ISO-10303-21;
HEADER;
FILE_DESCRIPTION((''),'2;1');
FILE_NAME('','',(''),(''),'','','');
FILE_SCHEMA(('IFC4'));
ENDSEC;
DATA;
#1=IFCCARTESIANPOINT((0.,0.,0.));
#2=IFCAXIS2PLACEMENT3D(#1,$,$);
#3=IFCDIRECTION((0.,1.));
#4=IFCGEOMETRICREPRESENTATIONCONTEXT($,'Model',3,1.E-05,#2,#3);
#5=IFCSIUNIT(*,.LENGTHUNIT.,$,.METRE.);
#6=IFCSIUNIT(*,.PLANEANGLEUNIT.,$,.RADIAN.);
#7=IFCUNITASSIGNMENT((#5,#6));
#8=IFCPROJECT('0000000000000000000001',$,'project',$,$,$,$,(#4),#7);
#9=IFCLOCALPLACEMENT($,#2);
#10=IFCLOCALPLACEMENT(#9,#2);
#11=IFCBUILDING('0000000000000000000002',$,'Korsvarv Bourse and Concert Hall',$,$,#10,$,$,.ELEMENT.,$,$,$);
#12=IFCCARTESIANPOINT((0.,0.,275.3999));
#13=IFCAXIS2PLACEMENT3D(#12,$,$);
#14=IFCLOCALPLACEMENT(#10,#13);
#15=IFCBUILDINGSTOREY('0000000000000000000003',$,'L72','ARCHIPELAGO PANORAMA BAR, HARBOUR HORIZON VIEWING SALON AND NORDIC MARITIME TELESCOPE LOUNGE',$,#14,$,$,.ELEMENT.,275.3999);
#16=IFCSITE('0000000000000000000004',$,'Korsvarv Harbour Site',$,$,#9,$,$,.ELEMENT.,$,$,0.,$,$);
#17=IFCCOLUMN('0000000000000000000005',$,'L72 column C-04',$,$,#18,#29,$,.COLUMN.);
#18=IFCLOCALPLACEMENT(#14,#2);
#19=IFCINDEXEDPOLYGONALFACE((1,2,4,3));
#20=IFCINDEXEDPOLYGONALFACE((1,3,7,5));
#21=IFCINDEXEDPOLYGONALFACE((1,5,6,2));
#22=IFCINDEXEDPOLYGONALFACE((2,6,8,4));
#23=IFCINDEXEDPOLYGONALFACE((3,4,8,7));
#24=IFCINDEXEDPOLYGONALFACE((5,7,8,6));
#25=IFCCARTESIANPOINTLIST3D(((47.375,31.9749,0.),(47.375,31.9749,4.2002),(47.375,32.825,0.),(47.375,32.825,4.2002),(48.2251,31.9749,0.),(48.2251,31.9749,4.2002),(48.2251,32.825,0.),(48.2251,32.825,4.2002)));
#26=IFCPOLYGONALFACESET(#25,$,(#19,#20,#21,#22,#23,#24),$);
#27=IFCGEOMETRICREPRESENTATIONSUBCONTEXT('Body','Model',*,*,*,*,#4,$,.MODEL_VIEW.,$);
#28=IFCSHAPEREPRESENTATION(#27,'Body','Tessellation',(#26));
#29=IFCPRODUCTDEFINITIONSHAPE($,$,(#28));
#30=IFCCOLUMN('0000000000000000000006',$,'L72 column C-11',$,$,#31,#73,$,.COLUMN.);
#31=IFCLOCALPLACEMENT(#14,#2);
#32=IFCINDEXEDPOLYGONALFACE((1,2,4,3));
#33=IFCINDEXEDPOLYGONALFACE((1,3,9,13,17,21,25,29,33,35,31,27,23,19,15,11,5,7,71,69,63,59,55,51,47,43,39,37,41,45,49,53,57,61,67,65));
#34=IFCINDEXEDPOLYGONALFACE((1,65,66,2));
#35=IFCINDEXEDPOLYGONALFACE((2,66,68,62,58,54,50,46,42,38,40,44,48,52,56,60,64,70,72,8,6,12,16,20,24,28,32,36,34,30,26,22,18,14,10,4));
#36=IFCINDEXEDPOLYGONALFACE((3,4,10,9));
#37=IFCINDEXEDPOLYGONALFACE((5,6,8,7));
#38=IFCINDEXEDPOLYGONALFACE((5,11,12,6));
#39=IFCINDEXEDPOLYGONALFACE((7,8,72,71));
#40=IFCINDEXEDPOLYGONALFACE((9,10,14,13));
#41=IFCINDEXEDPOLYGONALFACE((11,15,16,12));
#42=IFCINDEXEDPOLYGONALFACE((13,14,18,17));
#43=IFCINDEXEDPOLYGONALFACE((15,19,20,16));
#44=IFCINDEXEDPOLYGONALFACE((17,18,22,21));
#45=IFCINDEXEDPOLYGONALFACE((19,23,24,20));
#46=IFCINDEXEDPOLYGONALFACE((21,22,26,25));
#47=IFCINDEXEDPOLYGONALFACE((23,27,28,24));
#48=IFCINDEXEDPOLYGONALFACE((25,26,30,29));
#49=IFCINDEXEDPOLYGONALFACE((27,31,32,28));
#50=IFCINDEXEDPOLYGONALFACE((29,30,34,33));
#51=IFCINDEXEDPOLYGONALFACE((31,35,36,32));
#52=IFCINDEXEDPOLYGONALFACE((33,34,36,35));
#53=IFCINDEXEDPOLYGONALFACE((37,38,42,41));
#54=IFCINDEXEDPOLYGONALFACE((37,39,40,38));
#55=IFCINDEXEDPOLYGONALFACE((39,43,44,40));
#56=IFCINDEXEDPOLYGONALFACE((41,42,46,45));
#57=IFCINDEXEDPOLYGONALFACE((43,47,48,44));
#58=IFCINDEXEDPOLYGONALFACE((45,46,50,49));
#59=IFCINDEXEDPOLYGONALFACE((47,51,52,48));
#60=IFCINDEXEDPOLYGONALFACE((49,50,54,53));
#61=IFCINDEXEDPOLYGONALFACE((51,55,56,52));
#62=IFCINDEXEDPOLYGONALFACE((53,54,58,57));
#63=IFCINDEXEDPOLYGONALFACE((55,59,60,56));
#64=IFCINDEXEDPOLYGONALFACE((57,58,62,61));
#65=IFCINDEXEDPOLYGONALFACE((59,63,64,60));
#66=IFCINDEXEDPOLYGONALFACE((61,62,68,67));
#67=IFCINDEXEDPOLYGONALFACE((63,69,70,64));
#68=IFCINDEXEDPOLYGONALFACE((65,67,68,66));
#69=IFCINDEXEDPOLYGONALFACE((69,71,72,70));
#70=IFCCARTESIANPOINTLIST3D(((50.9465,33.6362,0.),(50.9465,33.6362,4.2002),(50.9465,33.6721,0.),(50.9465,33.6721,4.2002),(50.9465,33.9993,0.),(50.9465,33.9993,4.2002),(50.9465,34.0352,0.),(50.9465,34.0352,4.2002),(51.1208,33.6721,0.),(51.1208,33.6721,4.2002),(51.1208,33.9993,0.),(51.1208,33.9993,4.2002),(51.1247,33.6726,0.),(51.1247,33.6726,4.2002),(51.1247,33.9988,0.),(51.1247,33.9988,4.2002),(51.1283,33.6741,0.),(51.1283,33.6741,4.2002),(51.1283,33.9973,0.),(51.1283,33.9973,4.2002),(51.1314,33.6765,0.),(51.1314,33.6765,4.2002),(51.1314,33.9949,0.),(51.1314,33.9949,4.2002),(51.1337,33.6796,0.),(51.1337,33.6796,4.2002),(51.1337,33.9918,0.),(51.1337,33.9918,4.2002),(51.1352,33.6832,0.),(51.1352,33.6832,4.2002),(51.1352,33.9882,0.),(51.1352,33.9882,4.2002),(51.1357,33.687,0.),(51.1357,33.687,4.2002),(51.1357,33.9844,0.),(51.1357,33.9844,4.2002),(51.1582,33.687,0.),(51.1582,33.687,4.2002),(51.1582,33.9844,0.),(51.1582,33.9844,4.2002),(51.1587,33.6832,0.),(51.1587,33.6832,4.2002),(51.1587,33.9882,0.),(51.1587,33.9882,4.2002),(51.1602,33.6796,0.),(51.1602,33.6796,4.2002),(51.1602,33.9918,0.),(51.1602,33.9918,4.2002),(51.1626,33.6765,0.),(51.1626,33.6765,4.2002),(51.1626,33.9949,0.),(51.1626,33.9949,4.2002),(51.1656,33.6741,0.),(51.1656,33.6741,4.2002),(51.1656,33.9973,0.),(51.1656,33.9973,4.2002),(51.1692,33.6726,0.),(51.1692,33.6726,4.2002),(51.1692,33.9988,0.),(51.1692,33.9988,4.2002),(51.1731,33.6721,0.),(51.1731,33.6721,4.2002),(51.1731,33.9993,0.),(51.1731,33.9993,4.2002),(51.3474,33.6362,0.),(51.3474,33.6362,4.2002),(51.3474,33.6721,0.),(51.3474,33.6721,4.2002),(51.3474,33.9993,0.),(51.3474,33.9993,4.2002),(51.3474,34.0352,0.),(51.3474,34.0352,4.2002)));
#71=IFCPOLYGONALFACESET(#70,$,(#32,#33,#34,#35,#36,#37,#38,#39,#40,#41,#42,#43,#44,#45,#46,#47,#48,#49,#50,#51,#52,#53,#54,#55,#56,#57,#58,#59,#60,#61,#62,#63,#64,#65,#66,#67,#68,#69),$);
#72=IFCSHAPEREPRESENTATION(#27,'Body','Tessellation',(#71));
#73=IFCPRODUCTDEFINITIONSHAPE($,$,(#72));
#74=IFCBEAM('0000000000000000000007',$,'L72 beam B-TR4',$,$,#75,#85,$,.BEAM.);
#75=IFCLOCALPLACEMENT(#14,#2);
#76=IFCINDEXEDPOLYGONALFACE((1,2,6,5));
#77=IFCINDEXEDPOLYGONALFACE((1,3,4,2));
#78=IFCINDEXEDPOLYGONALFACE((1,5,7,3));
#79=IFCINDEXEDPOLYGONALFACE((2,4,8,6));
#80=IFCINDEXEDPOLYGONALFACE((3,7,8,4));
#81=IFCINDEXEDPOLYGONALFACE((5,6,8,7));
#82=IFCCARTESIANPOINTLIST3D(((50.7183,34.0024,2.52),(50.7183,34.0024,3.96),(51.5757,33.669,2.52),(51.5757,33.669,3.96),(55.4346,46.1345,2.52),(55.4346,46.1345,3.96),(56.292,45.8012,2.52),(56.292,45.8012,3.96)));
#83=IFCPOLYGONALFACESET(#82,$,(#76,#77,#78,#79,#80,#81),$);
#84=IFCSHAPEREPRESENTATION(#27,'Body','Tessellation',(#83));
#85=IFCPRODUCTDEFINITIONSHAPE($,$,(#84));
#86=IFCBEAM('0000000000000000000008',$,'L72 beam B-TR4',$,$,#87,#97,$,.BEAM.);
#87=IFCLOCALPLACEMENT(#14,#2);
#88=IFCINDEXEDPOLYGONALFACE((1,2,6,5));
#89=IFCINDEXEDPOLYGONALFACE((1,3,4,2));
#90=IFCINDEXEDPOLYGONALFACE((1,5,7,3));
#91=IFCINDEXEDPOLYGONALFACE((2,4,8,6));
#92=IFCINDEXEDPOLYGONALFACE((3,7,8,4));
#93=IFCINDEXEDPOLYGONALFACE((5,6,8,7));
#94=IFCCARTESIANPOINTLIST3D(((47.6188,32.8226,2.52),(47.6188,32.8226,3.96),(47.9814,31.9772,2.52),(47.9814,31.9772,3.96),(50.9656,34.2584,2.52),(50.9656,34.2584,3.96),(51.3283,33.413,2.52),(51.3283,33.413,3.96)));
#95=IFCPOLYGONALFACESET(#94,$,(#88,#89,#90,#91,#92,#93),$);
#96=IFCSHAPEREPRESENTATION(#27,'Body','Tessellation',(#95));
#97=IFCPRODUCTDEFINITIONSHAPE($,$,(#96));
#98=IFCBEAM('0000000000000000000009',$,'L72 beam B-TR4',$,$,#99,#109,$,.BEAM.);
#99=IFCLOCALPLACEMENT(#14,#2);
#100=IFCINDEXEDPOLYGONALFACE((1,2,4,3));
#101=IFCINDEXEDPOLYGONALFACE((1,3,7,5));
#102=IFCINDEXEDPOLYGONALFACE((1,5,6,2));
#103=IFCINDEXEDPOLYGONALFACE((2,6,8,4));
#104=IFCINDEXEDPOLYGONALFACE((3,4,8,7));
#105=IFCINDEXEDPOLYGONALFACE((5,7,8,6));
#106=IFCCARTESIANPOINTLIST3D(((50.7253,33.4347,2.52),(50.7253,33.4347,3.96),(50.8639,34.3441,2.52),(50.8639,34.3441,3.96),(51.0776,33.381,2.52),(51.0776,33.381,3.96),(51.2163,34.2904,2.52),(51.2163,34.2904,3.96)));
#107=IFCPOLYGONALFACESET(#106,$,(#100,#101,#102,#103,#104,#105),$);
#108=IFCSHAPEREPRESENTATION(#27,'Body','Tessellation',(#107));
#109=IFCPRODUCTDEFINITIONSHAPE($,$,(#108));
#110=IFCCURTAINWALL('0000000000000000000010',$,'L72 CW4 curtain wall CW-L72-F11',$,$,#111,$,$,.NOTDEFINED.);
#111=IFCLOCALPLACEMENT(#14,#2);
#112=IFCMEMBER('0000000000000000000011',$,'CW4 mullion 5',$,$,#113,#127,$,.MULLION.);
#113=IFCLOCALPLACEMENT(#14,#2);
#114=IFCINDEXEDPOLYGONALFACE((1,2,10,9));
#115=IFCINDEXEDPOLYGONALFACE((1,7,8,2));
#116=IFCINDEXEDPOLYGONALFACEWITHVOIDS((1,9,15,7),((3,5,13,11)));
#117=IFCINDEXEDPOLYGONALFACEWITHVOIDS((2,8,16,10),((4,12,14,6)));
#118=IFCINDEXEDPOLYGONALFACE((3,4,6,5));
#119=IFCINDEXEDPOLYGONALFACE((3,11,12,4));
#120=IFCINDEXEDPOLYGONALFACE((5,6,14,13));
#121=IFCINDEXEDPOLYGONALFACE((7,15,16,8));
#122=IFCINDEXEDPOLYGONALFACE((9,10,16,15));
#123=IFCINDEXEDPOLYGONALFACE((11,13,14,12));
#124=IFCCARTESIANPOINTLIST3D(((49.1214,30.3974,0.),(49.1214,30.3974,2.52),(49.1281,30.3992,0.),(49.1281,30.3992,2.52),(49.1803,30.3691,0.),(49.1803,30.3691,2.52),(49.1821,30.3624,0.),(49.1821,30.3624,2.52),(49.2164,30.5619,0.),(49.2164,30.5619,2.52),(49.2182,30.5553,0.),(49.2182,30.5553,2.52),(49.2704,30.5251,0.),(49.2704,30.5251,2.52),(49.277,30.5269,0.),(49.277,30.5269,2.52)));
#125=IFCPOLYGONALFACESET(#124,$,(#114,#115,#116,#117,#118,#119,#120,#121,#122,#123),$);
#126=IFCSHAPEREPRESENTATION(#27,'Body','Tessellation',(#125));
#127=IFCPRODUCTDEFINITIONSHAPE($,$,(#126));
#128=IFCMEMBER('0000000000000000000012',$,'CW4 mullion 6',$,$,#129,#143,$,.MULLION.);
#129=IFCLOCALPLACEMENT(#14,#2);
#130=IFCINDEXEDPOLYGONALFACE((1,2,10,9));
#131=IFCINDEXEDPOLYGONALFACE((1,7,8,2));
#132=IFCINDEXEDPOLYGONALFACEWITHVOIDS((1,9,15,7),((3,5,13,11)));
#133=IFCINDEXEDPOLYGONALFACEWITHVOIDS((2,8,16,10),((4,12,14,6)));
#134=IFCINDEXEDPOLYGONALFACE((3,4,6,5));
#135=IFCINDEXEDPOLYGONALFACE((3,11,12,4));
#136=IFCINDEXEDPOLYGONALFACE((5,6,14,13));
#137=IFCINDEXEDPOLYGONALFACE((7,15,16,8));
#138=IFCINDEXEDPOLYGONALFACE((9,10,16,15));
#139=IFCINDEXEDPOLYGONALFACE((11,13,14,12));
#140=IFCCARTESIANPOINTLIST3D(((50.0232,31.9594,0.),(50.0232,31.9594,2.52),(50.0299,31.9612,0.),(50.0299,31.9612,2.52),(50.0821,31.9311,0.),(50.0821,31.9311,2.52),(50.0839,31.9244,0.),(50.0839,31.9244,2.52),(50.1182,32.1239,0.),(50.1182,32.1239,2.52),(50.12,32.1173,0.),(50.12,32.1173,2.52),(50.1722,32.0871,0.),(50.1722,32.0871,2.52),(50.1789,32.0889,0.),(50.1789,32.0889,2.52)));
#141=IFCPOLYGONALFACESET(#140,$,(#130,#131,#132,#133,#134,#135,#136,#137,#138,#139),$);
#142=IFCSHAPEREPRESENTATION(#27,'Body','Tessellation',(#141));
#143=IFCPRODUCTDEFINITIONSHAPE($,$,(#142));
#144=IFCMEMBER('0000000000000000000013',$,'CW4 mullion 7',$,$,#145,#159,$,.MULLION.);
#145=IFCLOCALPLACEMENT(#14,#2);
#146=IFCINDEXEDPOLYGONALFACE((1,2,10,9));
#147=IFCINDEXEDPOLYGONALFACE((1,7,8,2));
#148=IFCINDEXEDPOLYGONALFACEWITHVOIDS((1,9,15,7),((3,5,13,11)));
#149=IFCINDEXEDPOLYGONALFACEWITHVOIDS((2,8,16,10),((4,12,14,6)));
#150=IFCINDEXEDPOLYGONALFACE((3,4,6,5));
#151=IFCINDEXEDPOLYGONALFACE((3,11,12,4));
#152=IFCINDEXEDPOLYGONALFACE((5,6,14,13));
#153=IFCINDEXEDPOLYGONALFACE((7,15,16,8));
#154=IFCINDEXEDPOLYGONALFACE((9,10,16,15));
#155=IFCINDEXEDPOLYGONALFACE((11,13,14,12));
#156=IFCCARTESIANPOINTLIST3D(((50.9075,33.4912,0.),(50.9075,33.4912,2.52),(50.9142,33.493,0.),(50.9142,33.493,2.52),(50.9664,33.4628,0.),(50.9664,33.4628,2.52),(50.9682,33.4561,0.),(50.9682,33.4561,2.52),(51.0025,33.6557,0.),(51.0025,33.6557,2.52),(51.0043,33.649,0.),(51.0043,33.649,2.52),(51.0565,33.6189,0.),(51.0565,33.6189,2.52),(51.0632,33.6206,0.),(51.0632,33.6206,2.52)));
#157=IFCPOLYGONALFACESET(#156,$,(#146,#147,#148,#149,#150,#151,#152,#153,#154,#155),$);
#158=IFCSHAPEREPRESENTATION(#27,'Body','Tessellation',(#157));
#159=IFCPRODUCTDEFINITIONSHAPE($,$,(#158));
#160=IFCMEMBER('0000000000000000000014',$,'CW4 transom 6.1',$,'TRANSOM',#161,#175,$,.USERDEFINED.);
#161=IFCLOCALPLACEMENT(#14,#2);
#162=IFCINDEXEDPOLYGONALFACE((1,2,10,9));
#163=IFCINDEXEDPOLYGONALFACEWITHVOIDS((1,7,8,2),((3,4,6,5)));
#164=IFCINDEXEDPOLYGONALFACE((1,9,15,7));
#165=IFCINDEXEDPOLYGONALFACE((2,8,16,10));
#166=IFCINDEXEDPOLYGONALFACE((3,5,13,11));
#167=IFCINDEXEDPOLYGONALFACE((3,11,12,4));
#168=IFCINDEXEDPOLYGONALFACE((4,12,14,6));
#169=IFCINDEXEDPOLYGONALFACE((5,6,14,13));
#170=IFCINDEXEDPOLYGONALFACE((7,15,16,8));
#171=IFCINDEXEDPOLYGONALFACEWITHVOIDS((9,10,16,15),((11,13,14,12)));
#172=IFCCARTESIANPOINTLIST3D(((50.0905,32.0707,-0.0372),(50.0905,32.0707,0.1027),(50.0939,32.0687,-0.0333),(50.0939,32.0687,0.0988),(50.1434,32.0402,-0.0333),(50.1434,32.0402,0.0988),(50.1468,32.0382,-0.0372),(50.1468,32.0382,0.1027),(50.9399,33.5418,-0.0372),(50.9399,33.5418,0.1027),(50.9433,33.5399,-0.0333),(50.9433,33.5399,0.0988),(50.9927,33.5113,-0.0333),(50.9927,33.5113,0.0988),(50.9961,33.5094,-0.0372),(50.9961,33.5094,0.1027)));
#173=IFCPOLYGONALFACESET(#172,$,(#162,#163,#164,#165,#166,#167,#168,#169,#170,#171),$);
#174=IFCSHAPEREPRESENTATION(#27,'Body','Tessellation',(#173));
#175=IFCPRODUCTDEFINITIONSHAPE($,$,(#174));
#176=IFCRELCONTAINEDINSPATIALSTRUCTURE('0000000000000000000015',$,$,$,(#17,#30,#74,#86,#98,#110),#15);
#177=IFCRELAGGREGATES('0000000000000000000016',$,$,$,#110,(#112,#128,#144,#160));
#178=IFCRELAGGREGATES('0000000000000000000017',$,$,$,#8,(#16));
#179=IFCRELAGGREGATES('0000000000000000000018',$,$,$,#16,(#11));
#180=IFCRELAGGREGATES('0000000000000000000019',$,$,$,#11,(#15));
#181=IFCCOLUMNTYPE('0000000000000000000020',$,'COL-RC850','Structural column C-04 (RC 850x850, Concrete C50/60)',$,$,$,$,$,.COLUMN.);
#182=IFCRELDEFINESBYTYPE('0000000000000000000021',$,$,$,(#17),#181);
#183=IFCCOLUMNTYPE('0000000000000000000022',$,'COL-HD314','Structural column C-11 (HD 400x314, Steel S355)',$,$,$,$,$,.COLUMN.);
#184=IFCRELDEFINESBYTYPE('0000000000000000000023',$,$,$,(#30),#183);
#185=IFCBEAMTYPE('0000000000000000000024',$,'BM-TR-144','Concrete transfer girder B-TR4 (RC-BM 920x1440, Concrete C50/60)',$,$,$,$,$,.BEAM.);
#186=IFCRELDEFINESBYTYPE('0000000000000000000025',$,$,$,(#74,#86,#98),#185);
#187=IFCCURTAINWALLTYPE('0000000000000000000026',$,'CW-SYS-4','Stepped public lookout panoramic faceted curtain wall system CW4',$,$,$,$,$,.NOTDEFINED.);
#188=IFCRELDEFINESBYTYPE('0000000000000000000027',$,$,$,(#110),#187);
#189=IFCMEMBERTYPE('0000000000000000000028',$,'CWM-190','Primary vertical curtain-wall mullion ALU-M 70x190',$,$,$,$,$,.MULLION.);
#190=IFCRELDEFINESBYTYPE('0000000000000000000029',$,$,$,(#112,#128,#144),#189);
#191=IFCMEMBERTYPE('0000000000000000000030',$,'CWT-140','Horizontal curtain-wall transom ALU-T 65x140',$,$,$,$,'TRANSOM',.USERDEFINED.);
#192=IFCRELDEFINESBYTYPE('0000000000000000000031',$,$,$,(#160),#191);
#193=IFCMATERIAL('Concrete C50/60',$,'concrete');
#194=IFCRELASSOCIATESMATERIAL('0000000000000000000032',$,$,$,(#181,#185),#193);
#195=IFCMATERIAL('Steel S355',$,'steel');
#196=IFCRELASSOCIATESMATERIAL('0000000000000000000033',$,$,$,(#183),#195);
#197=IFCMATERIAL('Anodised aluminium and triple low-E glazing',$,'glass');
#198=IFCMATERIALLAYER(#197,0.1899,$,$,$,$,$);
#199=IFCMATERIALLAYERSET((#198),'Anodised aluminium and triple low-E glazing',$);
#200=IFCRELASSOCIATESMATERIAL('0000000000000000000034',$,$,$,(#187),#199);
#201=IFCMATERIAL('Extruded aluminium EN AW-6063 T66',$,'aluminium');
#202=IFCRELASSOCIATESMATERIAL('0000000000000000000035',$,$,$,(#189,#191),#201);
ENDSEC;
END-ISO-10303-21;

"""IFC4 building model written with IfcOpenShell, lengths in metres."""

from ifc_helpers import new_model, si_unit, direction, frame, origin, origin_2d, place, context, subcontext, project, spatial, rectangle, hollow_rectangle, i_section, extrude, source, transform, mapped, material, layer, layer_set, material_profile, profile_set, type_object, element, aggregate, save


model = new_model("IFC4")

# Units and contexts
model_context = context("Model", 3, precision=1e-05, world=origin(), true_north=direction((0.0, 1.0)))
body_context = subcontext(model_context, "Body", "Model", "MODEL_VIEW")
ifc_project = project(units=[si_unit("LENGTHUNIT", "METRE"), si_unit("PLANEANGLEUNIT", "RADIAN")], contexts=[model_context])

# Site, building, storey
site_placement = place(None, origin())
site = spatial("IfcSite", under=ifc_project, at=site_placement, Name="Korsvarv Harbour Site", CompositionType="ELEMENT", RefElevation=0.0)
building_placement = place(site_placement, origin())
building = spatial("IfcBuilding", under=site, at=building_placement, Name="Korsvarv Bourse and Concert Hall", CompositionType="ELEMENT")
storey_placement = place(building_placement, frame((0.0, 0.0, 275.3999)))
storey = spatial("IfcBuildingStorey", under=building, at=storey_placement, Name="L72", Description="ARCHIPELAGO PANORAMA BAR, HARBOUR HORIZON VIEWING SALON AND NORDIC MARITIME TELESCOPE LOUNGE", CompositionType="ELEMENT", Elevation=275.3999)

# Columns
ifc_material_1 = material(Name="Concrete C50/60", Category="concrete")
ifc_material_profile_1 = material_profile(ifc_material_1, rectangle(XDim=0.8501, YDim=0.8501, at=origin_2d()), Name="RC 850x850")
ifc_profile_set_1 = profile_set([ifc_material_profile_1], Name="Concrete C50/60")
column_type_1 = type_object("IfcColumnType", Name="COL-RC850", Description="Structural column C-04 (RC 850x850, Concrete C50/60)", PredefinedType="COLUMN", material=ifc_profile_set_1)
shared_shape_1 = source(origin(), body_context, "Body", "SweptSolid", [
    extrude(rectangle(XDim=0.8501, YDim=0.8501, at=origin_2d()), origin(), (0.0, 0.0, 1.0), 4.2002),
])
column_1_placement = place(storey_placement, frame((47.8, 32.3999, 0.0), z_axis=(0.0, 0.0, 1.0), x_axis=(1.0, 0.0, 0.0)))
element("IfcColumn", 1, at=column_1_placement, inside=storey, type_object=column_type_1, Name="L72 column C-04", PredefinedType="COLUMN", context=body_context, shape_type="MappedRepresentation", body=[
    mapped(shared_shape_1, transform((0.0, 0.0, 0.0), scale=1.0)),
])
ifc_material_2 = material(Name="Steel S355", Category="steel")
ifc_material_profile_2 = material_profile(ifc_material_2, i_section(OverallWidth=0.4009, OverallDepth=0.3989, WebThickness=0.0225, FlangeThickness=0.0359, FilletRadius=0.0149, at=origin_2d()), Name="HD 400x314")
ifc_profile_set_2 = profile_set([ifc_material_profile_2], Name="Steel S355")
column_type_2 = type_object("IfcColumnType", Name="COL-HD314", Description="Structural column C-11 (HD 400x314, Steel S355)", PredefinedType="COLUMN", material=ifc_profile_set_2)
shared_shape_2 = source(origin(), body_context, "Body", "SweptSolid", [
    extrude(i_section(OverallWidth=0.4009, OverallDepth=0.3989, WebThickness=0.0225, FlangeThickness=0.0359, FilletRadius=0.0149, at=origin_2d()), origin(), (0.0, 0.0, 1.0), 4.2002),
])
column_2_placement = place(storey_placement, frame((51.147, 33.8357, 0.0), z_axis=(0.0, 0.0, 1.0), x_axis=(1.0, 0.0, 0.0)))
element("IfcColumn", 2, at=column_2_placement, inside=storey, type_object=column_type_2, Name="L72 column C-11", PredefinedType="COLUMN", context=body_context, shape_type="MappedRepresentation", body=[
    mapped(shared_shape_2, transform((0.0, 0.0, 0.0), scale=1.0)),
])

# Beams
ifc_material_profile_3 = material_profile(ifc_material_1, rectangle(XDim=0.9199, YDim=1.4399, at=origin_2d()), Name="RC-BM 920x1440")
ifc_profile_set_3 = profile_set([ifc_material_profile_3], Name="Concrete C50/60")
beam_type = type_object("IfcBeamType", Name="BM-TR-144", Description="Concrete transfer girder B-TR4 (RC-BM 920x1440, Concrete C50/60)", PredefinedType="BEAM", material=ifc_profile_set_3)
shared_shape_3 = source(origin(), body_context, "Body", "SweptSolid", [
    extrude(rectangle(XDim=0.9199, YDim=1.4399, at=origin_2d()), origin(), (0.0, 0.0, 1.0), 13.0166),
])
beam_1_placement = place(storey_placement, frame((51.147, 33.8357, 3.24), z_axis=(0.362331, 0.932049, 0.0), x_axis=(-0.932049, 0.362331, 0.0)))
element("IfcBeam", 3, at=beam_1_placement, inside=storey, type_object=beam_type, Name="L72 beam B-TR4", PredefinedType="BEAM", context=body_context, shape_type="MappedRepresentation", body=[
    mapped(shared_shape_3, transform((0.0, 0.0, 0.0), scale=1.0)),
])
shared_shape_4 = source(origin(), body_context, "Body", "SweptSolid", [
    extrude(rectangle(XDim=0.9199, YDim=1.4399, at=origin_2d()), origin(), (0.0, 0.0, 1.0), 3.6418),
])
beam_2_placement = place(storey_placement, frame((51.147, 33.8357, 3.24), z_axis=(-0.919006, -0.394243, 0.0), x_axis=(0.394243, -0.919006, 0.0)))
element("IfcBeam", 4, at=beam_2_placement, inside=storey, type_object=beam_type, Name="L72 beam B-TR4", PredefinedType="BEAM", context=body_context, shape_type="MappedRepresentation", body=[
    mapped(shared_shape_4, transform((0.0, 0.0, 0.0), scale=1.0)),
])
shared_shape_5 = source(origin(), body_context, "Body", "SweptSolid", [
    extrude(rectangle(XDim=0.9199, YDim=1.4399, at=origin_2d()), origin(), (0.0, 0.0, 1.0), 0.3564),
])
beam_3_placement = place(storey_placement, frame((51.147, 33.8357, 3.24), z_axis=(-0.988577, 0.150719, 0.0), x_axis=(-0.150719, -0.988577, 0.0)))
element("IfcBeam", 5, at=beam_3_placement, inside=storey, type_object=beam_type, Name="L72 beam B-TR4", PredefinedType="BEAM", context=body_context, shape_type="MappedRepresentation", body=[
    mapped(shared_shape_5, transform((0.0, 0.0, 0.0), scale=1.0)),
])

# Curtain wall, members
ifc_material_3 = material(Name="Anodised aluminium and triple low-E glazing", Category="glass")
ifc_layer_1 = layer(ifc_material_3, 0.1899)
ifc_layer_set_1 = layer_set([ifc_layer_1], Name="Anodised aluminium and triple low-E glazing")
curtain_wall_type = type_object("IfcCurtainWallType", Name="CW-SYS-4", Description="Stepped public lookout panoramic faceted curtain wall system CW4", PredefinedType="NOTDEFINED", material=ifc_layer_set_1)
curtain_wall_placement = place(storey_placement, origin())
curtain_wall = element("IfcCurtainWall", 6, at=curtain_wall_placement, inside=storey, type_object=curtain_wall_type, Name="L72 CW4 curtain wall CW-L72-F11", PredefinedType="NOTDEFINED")
ifc_material_4 = material(Name="Extruded aluminium EN AW-6063 T66", Category="aluminium")
ifc_material_profile_4 = material_profile(ifc_material_4, hollow_rectangle(XDim=0.0701, YDim=0.1899, WallThickness=0.0049, at=origin_2d()), Name="ALU-M 70x190")
ifc_profile_set_4 = profile_set([ifc_material_profile_4], Name="Extruded aluminium EN AW-6063 T66")
member_type_1 = type_object("IfcMemberType", Name="CWM-190", Description="Primary vertical curtain-wall mullion ALU-M 70x190", PredefinedType="MULLION", material=ifc_profile_set_4)
shared_shape_6 = source(origin(), body_context, "Body", "SweptSolid", [
    extrude(hollow_rectangle(XDim=0.0701, YDim=0.1899, WallThickness=0.0049, at=origin_2d()), origin(), (0.0, 0.0, 1.0), 2.52),
])
member_1_placement = place(storey_placement, frame((49.1992, 30.4622, 0.0), z_axis=(0.0, 0.0, 1.0), x_axis=(-0.866023, 0.500004, 0.0)))
member_1 = element("IfcMember", 7, at=member_1_placement, type_object=member_type_1, Name="CW4 mullion 5", PredefinedType="MULLION", context=body_context, shape_type="MappedRepresentation", body=[
    mapped(shared_shape_6, transform((0.0, 0.0, 0.0), scale=1.0)),
])
member_2_placement = place(storey_placement, frame((50.1011, 32.0242, 0.0), z_axis=(0.0, 0.0, 1.0), x_axis=(-0.866023, 0.500004, 0.0)))
member_2 = element("IfcMember", 8, at=member_2_placement, type_object=member_type_1, Name="CW4 mullion 6", PredefinedType="MULLION", context=body_context, shape_type="MappedRepresentation", body=[
    mapped(shared_shape_6, transform((0.0, 0.0, 0.0), scale=1.0)),
])
member_3_placement = place(storey_placement, frame((50.9854, 33.5559, 0.0), z_axis=(0.0, 0.0, 1.0), x_axis=(-0.866023, 0.500004, 0.0)))
member_3 = element("IfcMember", 9, at=member_3_placement, type_object=member_type_1, Name="CW4 mullion 7", PredefinedType="MULLION", context=body_context, shape_type="MappedRepresentation", body=[
    mapped(shared_shape_6, transform((0.0, 0.0, 0.0), scale=1.0)),
])
ifc_material_profile_5 = material_profile(ifc_material_4, hollow_rectangle(XDim=0.0649, YDim=0.1399, WallThickness=0.0039, at=origin_2d()), Name="ALU-T 65x140")
ifc_profile_set_5 = profile_set([ifc_material_profile_5], Name="Extruded aluminium EN AW-6063 T66")
member_type_2 = type_object("IfcMemberType", Name="CWT-140", Description="Horizontal curtain-wall transom ALU-T 65x140", ElementType="TRANSOM", PredefinedType="USERDEFINED", material=ifc_profile_set_5)
shared_shape_7 = source(origin(), body_context, "Body", "SweptSolid", [
    extrude(hollow_rectangle(XDim=0.0649, YDim=0.1399, WallThickness=0.0039, at=origin_2d()), origin(), (0.0, 0.0, 1.0), 1.6987),
])
member_4_placement = place(storey_placement, frame((50.1187, 32.0544, 0.0327), z_axis=(0.499988, 0.866032, 0.0), x_axis=(-0.866032, 0.499988, 0.0)))
member_4 = element("IfcMember", 10, at=member_4_placement, type_object=member_type_2, Name="CW4 transom 6.1", ObjectType="TRANSOM", PredefinedType="USERDEFINED", context=body_context, shape_type="MappedRepresentation", body=[
    mapped(shared_shape_7, transform((0.0, 0.0, 0.0), scale=1.0)),
])
aggregate(curtain_wall, [member_1, member_2, member_3, member_4])

save(model, "model.ifc")
